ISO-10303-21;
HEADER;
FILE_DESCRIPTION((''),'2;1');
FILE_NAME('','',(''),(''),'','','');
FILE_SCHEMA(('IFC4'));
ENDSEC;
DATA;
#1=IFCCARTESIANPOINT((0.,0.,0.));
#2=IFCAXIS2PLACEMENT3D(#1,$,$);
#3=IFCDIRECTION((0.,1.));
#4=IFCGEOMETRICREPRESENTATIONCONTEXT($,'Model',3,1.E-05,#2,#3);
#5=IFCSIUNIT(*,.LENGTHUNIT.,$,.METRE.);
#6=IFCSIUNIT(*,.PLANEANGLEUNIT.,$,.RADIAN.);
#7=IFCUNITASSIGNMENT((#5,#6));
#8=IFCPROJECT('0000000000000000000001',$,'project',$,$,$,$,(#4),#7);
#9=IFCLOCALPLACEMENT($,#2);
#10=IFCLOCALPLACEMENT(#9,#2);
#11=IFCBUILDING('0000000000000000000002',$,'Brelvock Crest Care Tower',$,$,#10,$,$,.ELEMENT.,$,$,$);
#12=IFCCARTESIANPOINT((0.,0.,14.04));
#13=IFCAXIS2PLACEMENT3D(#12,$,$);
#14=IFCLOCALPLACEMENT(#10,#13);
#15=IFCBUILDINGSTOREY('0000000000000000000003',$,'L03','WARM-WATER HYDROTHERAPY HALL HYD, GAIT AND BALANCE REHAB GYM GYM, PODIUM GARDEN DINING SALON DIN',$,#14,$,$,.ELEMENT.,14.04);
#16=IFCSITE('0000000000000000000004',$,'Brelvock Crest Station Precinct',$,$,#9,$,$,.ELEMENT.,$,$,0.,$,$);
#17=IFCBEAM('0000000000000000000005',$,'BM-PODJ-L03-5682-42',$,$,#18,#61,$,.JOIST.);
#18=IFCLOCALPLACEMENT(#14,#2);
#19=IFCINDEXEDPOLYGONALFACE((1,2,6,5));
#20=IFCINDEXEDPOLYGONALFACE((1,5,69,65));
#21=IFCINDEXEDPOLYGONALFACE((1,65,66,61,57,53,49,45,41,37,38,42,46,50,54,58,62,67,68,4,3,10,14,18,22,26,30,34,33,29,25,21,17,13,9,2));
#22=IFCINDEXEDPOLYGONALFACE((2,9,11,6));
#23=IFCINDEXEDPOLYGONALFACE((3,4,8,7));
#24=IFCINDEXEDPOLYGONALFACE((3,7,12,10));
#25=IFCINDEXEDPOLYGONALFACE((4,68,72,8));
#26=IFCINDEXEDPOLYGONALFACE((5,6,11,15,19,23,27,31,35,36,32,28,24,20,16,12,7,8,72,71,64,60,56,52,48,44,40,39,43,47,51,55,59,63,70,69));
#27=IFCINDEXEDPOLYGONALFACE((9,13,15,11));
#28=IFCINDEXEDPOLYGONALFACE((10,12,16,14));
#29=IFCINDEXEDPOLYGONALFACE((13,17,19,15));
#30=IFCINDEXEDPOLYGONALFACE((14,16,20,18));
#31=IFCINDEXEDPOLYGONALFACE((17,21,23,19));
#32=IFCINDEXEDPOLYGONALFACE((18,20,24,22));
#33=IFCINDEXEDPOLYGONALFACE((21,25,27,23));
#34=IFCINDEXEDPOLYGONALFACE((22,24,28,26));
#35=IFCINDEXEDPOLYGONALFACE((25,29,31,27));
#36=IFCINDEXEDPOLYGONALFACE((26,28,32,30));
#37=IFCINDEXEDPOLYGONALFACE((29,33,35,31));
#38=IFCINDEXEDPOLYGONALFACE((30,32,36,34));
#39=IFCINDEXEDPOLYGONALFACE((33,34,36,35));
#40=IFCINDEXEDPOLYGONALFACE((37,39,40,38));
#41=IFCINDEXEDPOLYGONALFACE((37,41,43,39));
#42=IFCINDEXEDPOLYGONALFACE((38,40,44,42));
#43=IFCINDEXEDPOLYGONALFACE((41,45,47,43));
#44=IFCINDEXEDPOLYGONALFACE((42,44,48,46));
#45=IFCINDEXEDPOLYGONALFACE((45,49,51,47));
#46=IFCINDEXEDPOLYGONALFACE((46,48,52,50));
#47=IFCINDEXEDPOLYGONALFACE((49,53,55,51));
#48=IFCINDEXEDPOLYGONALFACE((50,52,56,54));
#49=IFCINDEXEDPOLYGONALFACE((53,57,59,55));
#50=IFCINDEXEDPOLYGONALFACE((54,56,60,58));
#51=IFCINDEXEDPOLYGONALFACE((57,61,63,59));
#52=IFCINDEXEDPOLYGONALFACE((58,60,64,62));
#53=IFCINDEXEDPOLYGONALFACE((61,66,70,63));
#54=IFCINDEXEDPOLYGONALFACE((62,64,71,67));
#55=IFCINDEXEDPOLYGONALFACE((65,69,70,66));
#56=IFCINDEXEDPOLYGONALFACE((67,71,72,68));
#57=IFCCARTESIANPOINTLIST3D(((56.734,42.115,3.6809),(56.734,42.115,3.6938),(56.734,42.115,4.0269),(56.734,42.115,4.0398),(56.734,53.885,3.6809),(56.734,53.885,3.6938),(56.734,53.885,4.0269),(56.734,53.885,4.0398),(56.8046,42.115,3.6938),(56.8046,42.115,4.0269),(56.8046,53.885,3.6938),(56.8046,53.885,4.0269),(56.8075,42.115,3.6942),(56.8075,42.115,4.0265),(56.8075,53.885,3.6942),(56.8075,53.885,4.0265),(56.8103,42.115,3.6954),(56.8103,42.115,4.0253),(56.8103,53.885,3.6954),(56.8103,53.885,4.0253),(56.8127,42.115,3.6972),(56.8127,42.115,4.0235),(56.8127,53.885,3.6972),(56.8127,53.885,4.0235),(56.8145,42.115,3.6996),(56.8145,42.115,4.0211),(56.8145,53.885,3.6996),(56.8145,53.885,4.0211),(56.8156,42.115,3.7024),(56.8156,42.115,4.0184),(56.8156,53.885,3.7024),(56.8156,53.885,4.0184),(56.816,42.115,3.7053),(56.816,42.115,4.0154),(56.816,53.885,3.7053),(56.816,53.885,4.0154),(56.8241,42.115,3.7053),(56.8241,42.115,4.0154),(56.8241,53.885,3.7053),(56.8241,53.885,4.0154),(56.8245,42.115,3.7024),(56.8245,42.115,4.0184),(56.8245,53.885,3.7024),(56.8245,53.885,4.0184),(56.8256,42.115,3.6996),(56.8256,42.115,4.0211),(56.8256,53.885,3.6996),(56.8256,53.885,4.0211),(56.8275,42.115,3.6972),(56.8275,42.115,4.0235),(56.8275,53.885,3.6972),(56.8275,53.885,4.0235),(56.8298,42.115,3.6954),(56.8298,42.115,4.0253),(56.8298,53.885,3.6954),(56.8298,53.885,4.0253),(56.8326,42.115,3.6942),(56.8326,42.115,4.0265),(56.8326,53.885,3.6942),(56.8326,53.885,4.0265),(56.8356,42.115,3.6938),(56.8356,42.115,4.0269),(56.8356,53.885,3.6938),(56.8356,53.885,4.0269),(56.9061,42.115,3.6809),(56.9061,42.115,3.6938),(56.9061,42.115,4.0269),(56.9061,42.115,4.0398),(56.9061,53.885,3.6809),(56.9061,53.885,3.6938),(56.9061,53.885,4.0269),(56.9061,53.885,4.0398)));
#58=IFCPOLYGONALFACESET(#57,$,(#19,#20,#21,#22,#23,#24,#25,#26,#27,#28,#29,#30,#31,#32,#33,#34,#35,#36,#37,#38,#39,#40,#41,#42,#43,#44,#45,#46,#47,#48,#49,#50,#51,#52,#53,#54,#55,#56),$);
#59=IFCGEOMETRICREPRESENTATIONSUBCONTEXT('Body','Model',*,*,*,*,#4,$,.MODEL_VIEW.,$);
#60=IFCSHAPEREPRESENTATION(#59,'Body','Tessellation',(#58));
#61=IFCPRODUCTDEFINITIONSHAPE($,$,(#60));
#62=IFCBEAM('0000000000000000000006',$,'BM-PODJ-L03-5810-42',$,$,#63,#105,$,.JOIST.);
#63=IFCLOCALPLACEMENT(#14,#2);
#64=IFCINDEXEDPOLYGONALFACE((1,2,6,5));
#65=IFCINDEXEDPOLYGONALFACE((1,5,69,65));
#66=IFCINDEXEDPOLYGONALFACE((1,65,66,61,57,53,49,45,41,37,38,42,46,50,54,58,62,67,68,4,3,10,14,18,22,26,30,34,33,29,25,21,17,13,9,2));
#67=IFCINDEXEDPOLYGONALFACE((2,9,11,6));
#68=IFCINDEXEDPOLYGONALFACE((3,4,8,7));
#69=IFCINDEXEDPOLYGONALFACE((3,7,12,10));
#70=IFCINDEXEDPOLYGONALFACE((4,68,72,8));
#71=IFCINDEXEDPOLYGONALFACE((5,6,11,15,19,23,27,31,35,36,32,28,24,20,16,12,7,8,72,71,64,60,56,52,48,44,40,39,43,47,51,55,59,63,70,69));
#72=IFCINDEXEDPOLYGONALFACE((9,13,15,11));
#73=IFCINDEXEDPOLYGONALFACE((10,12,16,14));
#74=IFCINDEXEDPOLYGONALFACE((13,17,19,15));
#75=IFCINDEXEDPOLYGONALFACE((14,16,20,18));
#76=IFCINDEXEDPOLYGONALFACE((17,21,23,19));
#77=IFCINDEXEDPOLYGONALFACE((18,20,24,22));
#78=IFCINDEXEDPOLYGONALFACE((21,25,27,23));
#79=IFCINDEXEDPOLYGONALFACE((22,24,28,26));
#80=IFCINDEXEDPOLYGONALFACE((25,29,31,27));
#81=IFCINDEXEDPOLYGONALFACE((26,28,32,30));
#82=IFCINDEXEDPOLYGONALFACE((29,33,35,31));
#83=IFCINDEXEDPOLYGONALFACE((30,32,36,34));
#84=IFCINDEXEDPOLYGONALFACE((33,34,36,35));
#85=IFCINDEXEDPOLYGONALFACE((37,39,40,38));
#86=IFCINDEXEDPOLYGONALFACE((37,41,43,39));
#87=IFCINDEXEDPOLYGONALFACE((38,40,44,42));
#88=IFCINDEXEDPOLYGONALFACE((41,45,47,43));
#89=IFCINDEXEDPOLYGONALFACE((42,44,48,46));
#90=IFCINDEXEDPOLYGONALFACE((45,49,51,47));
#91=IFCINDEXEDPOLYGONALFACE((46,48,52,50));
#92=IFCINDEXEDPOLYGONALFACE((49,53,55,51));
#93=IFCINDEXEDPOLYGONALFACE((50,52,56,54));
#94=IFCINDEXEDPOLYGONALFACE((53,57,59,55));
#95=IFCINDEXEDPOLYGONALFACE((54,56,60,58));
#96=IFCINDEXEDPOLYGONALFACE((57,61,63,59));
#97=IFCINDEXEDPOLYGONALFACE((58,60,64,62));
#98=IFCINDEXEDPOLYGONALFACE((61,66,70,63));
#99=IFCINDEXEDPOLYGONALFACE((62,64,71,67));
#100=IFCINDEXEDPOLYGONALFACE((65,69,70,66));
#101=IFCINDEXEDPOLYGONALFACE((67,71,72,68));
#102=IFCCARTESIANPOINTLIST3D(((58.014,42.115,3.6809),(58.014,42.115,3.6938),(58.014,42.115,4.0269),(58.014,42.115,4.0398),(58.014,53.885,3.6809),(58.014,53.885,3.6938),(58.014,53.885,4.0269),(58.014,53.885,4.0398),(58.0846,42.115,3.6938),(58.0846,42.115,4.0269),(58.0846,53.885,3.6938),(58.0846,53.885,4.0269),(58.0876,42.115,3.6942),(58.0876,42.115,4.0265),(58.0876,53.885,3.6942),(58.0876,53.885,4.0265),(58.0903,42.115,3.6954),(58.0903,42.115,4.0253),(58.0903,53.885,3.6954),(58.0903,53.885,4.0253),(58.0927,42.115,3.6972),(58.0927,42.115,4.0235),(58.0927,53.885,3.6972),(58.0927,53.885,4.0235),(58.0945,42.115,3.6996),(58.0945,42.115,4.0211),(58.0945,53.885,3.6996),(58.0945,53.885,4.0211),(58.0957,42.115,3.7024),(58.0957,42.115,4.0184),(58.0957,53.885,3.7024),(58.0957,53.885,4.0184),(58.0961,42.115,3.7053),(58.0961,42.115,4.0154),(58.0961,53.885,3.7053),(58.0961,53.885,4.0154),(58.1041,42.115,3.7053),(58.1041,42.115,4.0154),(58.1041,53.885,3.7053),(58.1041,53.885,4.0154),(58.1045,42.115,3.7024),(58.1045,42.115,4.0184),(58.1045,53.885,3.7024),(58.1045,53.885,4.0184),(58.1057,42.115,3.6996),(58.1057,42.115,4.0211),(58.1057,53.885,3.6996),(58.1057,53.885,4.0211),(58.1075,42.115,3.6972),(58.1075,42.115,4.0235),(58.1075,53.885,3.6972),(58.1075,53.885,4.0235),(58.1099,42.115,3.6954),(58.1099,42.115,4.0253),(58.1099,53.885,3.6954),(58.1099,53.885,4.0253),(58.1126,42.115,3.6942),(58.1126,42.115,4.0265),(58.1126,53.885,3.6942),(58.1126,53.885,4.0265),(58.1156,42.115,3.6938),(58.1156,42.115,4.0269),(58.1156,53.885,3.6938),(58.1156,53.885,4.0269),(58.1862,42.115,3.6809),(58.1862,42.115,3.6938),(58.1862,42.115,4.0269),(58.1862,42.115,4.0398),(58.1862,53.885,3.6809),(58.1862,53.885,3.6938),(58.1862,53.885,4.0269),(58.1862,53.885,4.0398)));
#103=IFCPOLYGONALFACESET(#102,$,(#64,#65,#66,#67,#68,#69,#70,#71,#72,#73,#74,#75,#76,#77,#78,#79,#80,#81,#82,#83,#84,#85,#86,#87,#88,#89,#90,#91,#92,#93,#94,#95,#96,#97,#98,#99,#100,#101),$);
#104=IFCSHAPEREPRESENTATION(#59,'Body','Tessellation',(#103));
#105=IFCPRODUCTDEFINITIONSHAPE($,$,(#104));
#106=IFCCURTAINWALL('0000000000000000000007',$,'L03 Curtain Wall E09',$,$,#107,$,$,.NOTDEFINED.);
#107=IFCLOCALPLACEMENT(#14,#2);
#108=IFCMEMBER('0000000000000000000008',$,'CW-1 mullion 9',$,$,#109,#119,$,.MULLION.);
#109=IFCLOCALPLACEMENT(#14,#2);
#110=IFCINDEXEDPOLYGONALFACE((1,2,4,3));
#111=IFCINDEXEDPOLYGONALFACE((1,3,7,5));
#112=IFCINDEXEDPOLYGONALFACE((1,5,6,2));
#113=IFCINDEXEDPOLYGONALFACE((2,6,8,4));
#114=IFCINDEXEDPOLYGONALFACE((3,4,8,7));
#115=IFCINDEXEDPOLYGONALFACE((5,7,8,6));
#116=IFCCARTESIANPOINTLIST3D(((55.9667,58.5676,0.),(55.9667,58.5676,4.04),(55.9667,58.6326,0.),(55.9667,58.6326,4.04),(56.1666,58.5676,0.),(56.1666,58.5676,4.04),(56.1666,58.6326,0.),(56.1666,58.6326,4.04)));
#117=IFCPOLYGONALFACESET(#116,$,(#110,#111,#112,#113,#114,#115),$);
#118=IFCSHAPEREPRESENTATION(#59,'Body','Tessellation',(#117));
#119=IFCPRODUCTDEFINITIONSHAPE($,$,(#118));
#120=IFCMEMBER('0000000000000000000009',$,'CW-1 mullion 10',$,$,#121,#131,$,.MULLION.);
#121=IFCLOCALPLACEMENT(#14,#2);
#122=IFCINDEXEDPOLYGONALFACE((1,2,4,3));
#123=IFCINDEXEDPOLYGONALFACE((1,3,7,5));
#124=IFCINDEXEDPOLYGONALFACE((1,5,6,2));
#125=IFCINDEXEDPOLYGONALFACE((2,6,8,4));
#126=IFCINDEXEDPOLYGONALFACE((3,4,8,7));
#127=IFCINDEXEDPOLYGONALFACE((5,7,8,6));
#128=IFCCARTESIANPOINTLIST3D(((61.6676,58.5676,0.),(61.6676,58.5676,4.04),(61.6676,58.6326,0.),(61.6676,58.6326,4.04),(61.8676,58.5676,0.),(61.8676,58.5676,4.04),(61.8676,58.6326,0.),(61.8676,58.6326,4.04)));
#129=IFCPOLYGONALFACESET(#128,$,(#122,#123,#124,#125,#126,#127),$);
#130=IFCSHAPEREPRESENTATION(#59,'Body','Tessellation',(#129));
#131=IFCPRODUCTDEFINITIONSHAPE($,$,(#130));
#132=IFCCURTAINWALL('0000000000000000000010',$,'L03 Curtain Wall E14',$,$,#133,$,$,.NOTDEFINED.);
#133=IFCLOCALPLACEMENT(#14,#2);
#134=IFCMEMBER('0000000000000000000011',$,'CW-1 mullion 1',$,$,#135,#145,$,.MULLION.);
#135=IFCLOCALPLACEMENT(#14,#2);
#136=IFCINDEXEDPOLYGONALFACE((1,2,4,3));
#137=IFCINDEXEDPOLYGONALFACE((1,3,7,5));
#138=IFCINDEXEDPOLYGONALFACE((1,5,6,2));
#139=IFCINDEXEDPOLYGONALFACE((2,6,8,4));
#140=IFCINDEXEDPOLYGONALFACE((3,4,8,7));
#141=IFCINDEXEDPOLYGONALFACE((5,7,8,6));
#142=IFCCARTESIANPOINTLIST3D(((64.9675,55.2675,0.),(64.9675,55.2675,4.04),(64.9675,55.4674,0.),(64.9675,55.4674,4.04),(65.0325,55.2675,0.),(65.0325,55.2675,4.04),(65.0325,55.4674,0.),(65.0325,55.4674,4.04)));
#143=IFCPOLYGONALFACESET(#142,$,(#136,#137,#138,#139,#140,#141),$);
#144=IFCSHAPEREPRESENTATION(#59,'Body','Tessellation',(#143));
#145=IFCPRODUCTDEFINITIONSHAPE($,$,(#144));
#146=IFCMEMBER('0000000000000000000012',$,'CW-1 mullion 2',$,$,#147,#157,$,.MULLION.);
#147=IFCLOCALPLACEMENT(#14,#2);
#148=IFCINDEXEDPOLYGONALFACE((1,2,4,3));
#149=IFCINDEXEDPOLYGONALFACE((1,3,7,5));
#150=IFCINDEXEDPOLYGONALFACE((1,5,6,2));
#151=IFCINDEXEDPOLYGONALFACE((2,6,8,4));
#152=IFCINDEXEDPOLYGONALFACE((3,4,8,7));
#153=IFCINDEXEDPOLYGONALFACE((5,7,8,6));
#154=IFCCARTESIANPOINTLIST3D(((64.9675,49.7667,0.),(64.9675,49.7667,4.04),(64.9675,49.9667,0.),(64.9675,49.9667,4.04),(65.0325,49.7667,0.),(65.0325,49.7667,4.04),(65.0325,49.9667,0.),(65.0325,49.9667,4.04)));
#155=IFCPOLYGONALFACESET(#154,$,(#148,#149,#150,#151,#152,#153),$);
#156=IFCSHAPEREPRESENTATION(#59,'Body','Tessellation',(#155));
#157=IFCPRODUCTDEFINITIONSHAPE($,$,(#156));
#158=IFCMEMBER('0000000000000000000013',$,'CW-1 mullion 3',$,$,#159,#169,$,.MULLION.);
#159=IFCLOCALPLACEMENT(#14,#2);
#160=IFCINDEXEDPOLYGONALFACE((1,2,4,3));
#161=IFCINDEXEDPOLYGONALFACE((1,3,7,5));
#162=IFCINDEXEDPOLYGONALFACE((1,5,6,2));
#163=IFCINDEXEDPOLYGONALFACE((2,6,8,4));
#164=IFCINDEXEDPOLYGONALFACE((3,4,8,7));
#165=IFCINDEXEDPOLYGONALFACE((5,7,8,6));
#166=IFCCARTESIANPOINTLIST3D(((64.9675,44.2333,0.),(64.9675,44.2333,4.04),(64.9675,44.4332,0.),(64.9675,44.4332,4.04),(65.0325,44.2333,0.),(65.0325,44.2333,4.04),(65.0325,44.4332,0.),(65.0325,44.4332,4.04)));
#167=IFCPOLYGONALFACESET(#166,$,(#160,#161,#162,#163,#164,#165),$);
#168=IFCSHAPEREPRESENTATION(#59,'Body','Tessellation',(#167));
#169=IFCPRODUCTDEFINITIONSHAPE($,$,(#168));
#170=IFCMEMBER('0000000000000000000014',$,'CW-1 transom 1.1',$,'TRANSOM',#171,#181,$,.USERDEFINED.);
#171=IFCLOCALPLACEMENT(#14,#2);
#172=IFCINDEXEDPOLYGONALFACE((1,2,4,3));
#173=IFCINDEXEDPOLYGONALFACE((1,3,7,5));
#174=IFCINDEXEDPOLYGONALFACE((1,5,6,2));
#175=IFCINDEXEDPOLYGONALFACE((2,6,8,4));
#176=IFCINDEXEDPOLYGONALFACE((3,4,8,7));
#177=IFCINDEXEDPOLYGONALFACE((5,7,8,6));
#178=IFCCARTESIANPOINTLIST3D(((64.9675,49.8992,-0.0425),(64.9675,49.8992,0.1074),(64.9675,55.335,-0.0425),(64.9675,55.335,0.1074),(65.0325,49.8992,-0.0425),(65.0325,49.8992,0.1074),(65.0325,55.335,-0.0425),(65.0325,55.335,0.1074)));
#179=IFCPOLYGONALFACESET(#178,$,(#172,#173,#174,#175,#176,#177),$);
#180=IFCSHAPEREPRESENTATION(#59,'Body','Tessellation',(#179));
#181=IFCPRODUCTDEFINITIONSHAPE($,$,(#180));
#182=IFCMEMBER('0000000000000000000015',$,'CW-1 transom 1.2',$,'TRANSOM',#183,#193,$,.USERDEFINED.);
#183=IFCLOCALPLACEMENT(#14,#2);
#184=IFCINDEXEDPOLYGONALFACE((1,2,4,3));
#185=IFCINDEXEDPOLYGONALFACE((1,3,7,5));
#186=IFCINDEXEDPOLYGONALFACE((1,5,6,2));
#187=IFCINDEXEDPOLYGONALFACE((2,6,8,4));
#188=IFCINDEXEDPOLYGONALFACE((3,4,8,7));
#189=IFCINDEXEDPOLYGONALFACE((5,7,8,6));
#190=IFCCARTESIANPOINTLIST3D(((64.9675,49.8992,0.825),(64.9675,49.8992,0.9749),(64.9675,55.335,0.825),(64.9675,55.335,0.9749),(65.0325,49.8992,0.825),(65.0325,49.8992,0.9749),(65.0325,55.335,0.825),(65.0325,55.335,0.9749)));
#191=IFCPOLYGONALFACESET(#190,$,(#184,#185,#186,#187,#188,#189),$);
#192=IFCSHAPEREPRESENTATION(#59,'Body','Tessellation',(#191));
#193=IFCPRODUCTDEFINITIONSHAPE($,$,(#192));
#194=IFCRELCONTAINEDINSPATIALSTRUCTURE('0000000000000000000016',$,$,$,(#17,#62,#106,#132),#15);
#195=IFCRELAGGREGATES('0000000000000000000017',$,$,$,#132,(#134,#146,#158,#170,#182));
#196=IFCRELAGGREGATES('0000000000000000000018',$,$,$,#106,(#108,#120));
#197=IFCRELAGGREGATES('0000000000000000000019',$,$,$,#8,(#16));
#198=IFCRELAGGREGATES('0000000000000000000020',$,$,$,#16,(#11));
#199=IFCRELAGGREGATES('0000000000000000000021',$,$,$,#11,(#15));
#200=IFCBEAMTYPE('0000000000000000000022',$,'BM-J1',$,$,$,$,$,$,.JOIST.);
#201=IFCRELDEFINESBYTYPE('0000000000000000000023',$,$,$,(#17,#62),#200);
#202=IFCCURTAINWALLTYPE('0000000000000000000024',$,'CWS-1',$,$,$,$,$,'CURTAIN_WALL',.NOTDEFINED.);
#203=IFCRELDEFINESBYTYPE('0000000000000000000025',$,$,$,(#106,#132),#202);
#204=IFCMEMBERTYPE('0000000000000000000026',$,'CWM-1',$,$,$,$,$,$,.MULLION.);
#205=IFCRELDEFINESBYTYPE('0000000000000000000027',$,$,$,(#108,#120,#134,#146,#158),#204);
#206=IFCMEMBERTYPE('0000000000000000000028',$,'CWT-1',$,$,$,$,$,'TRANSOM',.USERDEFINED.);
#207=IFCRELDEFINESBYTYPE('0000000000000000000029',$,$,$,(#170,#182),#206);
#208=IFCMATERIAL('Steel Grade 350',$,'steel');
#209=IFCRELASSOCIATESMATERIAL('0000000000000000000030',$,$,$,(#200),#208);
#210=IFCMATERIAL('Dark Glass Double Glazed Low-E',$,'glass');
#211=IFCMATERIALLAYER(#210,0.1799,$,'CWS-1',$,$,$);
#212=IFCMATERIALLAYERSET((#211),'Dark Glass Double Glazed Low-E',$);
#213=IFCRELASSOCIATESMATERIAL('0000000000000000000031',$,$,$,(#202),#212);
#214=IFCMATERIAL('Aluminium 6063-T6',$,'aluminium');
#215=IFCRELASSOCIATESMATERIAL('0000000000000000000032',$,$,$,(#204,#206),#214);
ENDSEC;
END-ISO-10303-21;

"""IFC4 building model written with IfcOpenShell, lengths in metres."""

from ifc_helpers import new_model, si_unit, direction, frame, origin, origin_2d, place, context, subcontext, project, spatial, rectangle, i_section, extrude, source, transform, mapped, material, layer, layer_set, material_profile, profile_set, type_object, element, aggregate, save


model = new_model("IFC4")

# Units and contexts
model_context = context("Model", 3, precision=1e-05, world=origin(), true_north=direction((0.0, 1.0)))
body_context = subcontext(model_context, "Body", "Model", "MODEL_VIEW")
ifc_project = project(units=[si_unit("LENGTHUNIT", "METRE"), si_unit("PLANEANGLEUNIT", "RADIAN")], contexts=[model_context])

# Site, building, storey
site_placement = place(None, origin())
site = spatial("IfcSite", under=ifc_project, at=site_placement, Name="Brelvock Crest Station Precinct", CompositionType="ELEMENT", RefElevation=0.0)
building_placement = place(site_placement, origin())
building = spatial("IfcBuilding", under=site, at=building_placement, Name="Brelvock Crest Care Tower", CompositionType="ELEMENT")
storey_placement = place(building_placement, frame((0.0, 0.0, 14.04)))
storey = spatial("IfcBuildingStorey", under=building, at=storey_placement, Name="L03", Description="WARM-WATER HYDROTHERAPY HALL HYD, GAIT AND BALANCE REHAB GYM GYM, PODIUM GARDEN DINING SALON DIN", CompositionType="ELEMENT", Elevation=14.04)

# Shared definitions
ifc_material_1 = material(Name="Steel Grade 350", Category="steel")

# Beams
ifc_material_profile_1 = material_profile(ifc_material_1, i_section(OverallWidth=0.1721, OverallDepth=0.3589, WebThickness=0.0081, FlangeThickness=0.0129, FilletRadius=0.0115, at=origin_2d()), Name="360UB56.7")
ifc_profile_set_1 = profile_set([ifc_material_profile_1], Name="Steel Grade 350")
beam_type = type_object("IfcBeamType", Name="BM-J1", PredefinedType="JOIST", material=ifc_profile_set_1)
shared_shape_1 = source(origin(), body_context, "Body", "SweptSolid", [
    extrude(i_section(OverallWidth=0.1721, OverallDepth=0.3589, WebThickness=0.0081, FlangeThickness=0.0129, FilletRadius=0.0115, at=origin_2d()), origin(), (0.0, 0.0, 1.0), 11.77),
])
for number, where, z_axis, x_axis, name in (
    (1, (56.8201, 42.115, 3.8604), (0.0, 1.0, 0.0), (-1.0, 0.0, 0.0), "BM-PODJ-L03-5682-42"),
    (2, (58.1001, 42.115, 3.8604), (0.0, 1.0, 0.0), (-1.0, 0.0, 0.0), "BM-PODJ-L03-5810-42"),
):
    element("IfcBeam", number, at=place(storey_placement, frame(where, z_axis=z_axis, x_axis=x_axis)), inside=storey, type_object=beam_type, Name=name, PredefinedType="JOIST", context=body_context, shape_type="MappedRepresentation", body=[
        mapped(shared_shape_1, transform((0.0, 0.0, 0.0), x_axis=(1.0, 0.0, 0.0), y_axis=(0.0, 1.0, 0.0), z_axis=(0.0, 0.0, 1.0), scale=1.0)),
    ])

# Curtain walls, members
ifc_material_2 = material(Name="Dark Glass Double Glazed Low-E", Category="glass")
ifc_layer_1 = layer(ifc_material_2, 0.1799, Name="CWS-1")
ifc_layer_set_1 = layer_set([ifc_layer_1], Name="Dark Glass Double Glazed Low-E")
curtain_wall_type = type_object("IfcCurtainWallType", Name="CWS-1", ElementType="CURTAIN_WALL", PredefinedType="NOTDEFINED", material=ifc_layer_set_1)
curtain_wall_1_placement = place(storey_placement, origin())
curtain_wall_1 = element("IfcCurtainWall", 3, at=curtain_wall_1_placement, inside=storey, type_object=curtain_wall_type, Name="L03 Curtain Wall E09", PredefinedType="NOTDEFINED")
ifc_material_3 = material(Name="Aluminium 6063-T6", Category="aluminium")
ifc_material_profile_2 = material_profile(ifc_material_3, rectangle(XDim=0.0649, YDim=0.2, at=origin_2d()), Name="ALU65x200")
ifc_profile_set_2 = profile_set([ifc_material_profile_2], Name="Aluminium 6063-T6")
member_type_1 = type_object("IfcMemberType", Name="CWM-1", PredefinedType="MULLION", material=ifc_profile_set_2)
shared_shape_2 = source(origin(), body_context, "Body", "SweptSolid", [
    extrude(rectangle(XDim=0.0649, YDim=0.2, at=origin_2d()), origin(), (0.0, 0.0, 1.0), 4.04),
])
member_1_placement = place(storey_placement, frame((56.0667, 58.6001, 0.0), z_axis=(0.0, 0.0, 1.0), x_axis=(0.0, 1.0, 0.0)))
member_1 = element("IfcMember", 4, at=member_1_placement, type_object=member_type_1, Name="CW-1 mullion 9", PredefinedType="MULLION", context=body_context, shape_type="MappedRepresentation", body=[
    mapped(shared_shape_2, transform((0.0, 0.0, 0.0), x_axis=(1.0, 0.0, 0.0), y_axis=(0.0, 1.0, 0.0), z_axis=(0.0, 0.0, 1.0), scale=1.0)),
])
member_2_placement = place(storey_placement, frame((61.7676, 58.6001, 0.0), z_axis=(0.0, 0.0, 1.0), x_axis=(0.0, 1.0, 0.0)))
member_2 = element("IfcMember", 5, at=member_2_placement, type_object=member_type_1, Name="CW-1 mullion 10", PredefinedType="MULLION", context=body_context, shape_type="MappedRepresentation", body=[
    mapped(shared_shape_2, transform((0.0, 0.0, 0.0), x_axis=(1.0, 0.0, 0.0), y_axis=(0.0, 1.0, 0.0), z_axis=(0.0, 0.0, 1.0), scale=1.0)),
])
curtain_wall_2_placement = place(storey_placement, origin())
curtain_wall_2 = element("IfcCurtainWall", 6, at=curtain_wall_2_placement, inside=storey, type_object=curtain_wall_type, Name="L03 Curtain Wall E14", PredefinedType="NOTDEFINED")
member_3_placement = place(storey_placement, frame((65.0, 55.3674, 0.0), z_axis=(0.0, 0.0, 1.0), x_axis=(1.0, 0.0, 0.0)))
member_3 = element("IfcMember", 7, at=member_3_placement, type_object=member_type_1, Name="CW-1 mullion 1", PredefinedType="MULLION", context=body_context, shape_type="MappedRepresentation", body=[
    mapped(shared_shape_2, transform((0.0, 0.0, 0.0), x_axis=(1.0, 0.0, 0.0), y_axis=(0.0, 1.0, 0.0), z_axis=(0.0, 0.0, 1.0), scale=1.0)),
])
member_4_placement = place(storey_placement, frame((65.0, 49.8667, 0.0), z_axis=(0.0, 0.0, 1.0), x_axis=(1.0, 0.0, 0.0)))
member_4 = element("IfcMember", 8, at=member_4_placement, type_object=member_type_1, Name="CW-1 mullion 2", PredefinedType="MULLION", context=body_context, shape_type="MappedRepresentation", body=[
    mapped(shared_shape_2, transform((0.0, 0.0, 0.0), x_axis=(1.0, 0.0, 0.0), y_axis=(0.0, 1.0, 0.0), z_axis=(0.0, 0.0, 1.0), scale=1.0)),
])
member_5_placement = place(storey_placement, frame((65.0, 44.3333, 0.0), z_axis=(0.0, 0.0, 1.0), x_axis=(1.0, 0.0, 0.0)))
member_5 = element("IfcMember", 9, at=member_5_placement, type_object=member_type_1, Name="CW-1 mullion 3", PredefinedType="MULLION", context=body_context, shape_type="MappedRepresentation", body=[
    mapped(shared_shape_2, transform((0.0, 0.0, 0.0), x_axis=(1.0, 0.0, 0.0), y_axis=(0.0, 1.0, 0.0), z_axis=(0.0, 0.0, 1.0), scale=1.0)),
])
ifc_material_profile_3 = material_profile(ifc_material_3, rectangle(XDim=0.0649, YDim=0.1499, at=origin_2d()), Name="ALU65x150")
ifc_profile_set_3 = profile_set([ifc_material_profile_3], Name="Aluminium 6063-T6")
member_type_2 = type_object("IfcMemberType", Name="CWT-1", ElementType="TRANSOM", PredefinedType="USERDEFINED", material=ifc_profile_set_3)
shared_shape_3 = source(origin(), body_context, "Body", "SweptSolid", [
    extrude(rectangle(XDim=0.0649, YDim=0.1499, at=origin_2d()), origin(), (0.0, 0.0, 1.0), 5.4358),
])
member_6_placement = place(storey_placement, frame((65.0, 55.335, 0.0325), z_axis=(0.0, -1.0, 0.0), x_axis=(1.0, 0.0, 0.0)))
member_6 = element("IfcMember", 10, at=member_6_placement, type_object=member_type_2, Name="CW-1 transom 1.1", ObjectType="TRANSOM", PredefinedType="USERDEFINED", context=body_context, shape_type="MappedRepresentation", body=[
    mapped(shared_shape_3, transform((0.0, 0.0, 0.0), x_axis=(1.0, 0.0, 0.0), y_axis=(0.0, 1.0, 0.0), z_axis=(0.0, 0.0, 1.0), scale=1.0)),
])
member_7_placement = place(storey_placement, frame((65.0, 55.335, 0.8999), z_axis=(0.0, -1.0, 0.0), x_axis=(1.0, 0.0, 0.0)))
member_7 = element("IfcMember", 11, at=member_7_placement, type_object=member_type_2, Name="CW-1 transom 1.2", ObjectType="TRANSOM", PredefinedType="USERDEFINED", context=body_context, shape_type="MappedRepresentation", body=[
    mapped(shared_shape_3, transform((0.0, 0.0, 0.0), x_axis=(1.0, 0.0, 0.0), y_axis=(0.0, 1.0, 0.0), z_axis=(0.0, 0.0, 1.0), scale=1.0)),
])

aggregate(curtain_wall_2, [member_3, member_4, member_5, member_6, member_7])
aggregate(curtain_wall_1, [member_1, member_2])

save(model, "model.ifc")
